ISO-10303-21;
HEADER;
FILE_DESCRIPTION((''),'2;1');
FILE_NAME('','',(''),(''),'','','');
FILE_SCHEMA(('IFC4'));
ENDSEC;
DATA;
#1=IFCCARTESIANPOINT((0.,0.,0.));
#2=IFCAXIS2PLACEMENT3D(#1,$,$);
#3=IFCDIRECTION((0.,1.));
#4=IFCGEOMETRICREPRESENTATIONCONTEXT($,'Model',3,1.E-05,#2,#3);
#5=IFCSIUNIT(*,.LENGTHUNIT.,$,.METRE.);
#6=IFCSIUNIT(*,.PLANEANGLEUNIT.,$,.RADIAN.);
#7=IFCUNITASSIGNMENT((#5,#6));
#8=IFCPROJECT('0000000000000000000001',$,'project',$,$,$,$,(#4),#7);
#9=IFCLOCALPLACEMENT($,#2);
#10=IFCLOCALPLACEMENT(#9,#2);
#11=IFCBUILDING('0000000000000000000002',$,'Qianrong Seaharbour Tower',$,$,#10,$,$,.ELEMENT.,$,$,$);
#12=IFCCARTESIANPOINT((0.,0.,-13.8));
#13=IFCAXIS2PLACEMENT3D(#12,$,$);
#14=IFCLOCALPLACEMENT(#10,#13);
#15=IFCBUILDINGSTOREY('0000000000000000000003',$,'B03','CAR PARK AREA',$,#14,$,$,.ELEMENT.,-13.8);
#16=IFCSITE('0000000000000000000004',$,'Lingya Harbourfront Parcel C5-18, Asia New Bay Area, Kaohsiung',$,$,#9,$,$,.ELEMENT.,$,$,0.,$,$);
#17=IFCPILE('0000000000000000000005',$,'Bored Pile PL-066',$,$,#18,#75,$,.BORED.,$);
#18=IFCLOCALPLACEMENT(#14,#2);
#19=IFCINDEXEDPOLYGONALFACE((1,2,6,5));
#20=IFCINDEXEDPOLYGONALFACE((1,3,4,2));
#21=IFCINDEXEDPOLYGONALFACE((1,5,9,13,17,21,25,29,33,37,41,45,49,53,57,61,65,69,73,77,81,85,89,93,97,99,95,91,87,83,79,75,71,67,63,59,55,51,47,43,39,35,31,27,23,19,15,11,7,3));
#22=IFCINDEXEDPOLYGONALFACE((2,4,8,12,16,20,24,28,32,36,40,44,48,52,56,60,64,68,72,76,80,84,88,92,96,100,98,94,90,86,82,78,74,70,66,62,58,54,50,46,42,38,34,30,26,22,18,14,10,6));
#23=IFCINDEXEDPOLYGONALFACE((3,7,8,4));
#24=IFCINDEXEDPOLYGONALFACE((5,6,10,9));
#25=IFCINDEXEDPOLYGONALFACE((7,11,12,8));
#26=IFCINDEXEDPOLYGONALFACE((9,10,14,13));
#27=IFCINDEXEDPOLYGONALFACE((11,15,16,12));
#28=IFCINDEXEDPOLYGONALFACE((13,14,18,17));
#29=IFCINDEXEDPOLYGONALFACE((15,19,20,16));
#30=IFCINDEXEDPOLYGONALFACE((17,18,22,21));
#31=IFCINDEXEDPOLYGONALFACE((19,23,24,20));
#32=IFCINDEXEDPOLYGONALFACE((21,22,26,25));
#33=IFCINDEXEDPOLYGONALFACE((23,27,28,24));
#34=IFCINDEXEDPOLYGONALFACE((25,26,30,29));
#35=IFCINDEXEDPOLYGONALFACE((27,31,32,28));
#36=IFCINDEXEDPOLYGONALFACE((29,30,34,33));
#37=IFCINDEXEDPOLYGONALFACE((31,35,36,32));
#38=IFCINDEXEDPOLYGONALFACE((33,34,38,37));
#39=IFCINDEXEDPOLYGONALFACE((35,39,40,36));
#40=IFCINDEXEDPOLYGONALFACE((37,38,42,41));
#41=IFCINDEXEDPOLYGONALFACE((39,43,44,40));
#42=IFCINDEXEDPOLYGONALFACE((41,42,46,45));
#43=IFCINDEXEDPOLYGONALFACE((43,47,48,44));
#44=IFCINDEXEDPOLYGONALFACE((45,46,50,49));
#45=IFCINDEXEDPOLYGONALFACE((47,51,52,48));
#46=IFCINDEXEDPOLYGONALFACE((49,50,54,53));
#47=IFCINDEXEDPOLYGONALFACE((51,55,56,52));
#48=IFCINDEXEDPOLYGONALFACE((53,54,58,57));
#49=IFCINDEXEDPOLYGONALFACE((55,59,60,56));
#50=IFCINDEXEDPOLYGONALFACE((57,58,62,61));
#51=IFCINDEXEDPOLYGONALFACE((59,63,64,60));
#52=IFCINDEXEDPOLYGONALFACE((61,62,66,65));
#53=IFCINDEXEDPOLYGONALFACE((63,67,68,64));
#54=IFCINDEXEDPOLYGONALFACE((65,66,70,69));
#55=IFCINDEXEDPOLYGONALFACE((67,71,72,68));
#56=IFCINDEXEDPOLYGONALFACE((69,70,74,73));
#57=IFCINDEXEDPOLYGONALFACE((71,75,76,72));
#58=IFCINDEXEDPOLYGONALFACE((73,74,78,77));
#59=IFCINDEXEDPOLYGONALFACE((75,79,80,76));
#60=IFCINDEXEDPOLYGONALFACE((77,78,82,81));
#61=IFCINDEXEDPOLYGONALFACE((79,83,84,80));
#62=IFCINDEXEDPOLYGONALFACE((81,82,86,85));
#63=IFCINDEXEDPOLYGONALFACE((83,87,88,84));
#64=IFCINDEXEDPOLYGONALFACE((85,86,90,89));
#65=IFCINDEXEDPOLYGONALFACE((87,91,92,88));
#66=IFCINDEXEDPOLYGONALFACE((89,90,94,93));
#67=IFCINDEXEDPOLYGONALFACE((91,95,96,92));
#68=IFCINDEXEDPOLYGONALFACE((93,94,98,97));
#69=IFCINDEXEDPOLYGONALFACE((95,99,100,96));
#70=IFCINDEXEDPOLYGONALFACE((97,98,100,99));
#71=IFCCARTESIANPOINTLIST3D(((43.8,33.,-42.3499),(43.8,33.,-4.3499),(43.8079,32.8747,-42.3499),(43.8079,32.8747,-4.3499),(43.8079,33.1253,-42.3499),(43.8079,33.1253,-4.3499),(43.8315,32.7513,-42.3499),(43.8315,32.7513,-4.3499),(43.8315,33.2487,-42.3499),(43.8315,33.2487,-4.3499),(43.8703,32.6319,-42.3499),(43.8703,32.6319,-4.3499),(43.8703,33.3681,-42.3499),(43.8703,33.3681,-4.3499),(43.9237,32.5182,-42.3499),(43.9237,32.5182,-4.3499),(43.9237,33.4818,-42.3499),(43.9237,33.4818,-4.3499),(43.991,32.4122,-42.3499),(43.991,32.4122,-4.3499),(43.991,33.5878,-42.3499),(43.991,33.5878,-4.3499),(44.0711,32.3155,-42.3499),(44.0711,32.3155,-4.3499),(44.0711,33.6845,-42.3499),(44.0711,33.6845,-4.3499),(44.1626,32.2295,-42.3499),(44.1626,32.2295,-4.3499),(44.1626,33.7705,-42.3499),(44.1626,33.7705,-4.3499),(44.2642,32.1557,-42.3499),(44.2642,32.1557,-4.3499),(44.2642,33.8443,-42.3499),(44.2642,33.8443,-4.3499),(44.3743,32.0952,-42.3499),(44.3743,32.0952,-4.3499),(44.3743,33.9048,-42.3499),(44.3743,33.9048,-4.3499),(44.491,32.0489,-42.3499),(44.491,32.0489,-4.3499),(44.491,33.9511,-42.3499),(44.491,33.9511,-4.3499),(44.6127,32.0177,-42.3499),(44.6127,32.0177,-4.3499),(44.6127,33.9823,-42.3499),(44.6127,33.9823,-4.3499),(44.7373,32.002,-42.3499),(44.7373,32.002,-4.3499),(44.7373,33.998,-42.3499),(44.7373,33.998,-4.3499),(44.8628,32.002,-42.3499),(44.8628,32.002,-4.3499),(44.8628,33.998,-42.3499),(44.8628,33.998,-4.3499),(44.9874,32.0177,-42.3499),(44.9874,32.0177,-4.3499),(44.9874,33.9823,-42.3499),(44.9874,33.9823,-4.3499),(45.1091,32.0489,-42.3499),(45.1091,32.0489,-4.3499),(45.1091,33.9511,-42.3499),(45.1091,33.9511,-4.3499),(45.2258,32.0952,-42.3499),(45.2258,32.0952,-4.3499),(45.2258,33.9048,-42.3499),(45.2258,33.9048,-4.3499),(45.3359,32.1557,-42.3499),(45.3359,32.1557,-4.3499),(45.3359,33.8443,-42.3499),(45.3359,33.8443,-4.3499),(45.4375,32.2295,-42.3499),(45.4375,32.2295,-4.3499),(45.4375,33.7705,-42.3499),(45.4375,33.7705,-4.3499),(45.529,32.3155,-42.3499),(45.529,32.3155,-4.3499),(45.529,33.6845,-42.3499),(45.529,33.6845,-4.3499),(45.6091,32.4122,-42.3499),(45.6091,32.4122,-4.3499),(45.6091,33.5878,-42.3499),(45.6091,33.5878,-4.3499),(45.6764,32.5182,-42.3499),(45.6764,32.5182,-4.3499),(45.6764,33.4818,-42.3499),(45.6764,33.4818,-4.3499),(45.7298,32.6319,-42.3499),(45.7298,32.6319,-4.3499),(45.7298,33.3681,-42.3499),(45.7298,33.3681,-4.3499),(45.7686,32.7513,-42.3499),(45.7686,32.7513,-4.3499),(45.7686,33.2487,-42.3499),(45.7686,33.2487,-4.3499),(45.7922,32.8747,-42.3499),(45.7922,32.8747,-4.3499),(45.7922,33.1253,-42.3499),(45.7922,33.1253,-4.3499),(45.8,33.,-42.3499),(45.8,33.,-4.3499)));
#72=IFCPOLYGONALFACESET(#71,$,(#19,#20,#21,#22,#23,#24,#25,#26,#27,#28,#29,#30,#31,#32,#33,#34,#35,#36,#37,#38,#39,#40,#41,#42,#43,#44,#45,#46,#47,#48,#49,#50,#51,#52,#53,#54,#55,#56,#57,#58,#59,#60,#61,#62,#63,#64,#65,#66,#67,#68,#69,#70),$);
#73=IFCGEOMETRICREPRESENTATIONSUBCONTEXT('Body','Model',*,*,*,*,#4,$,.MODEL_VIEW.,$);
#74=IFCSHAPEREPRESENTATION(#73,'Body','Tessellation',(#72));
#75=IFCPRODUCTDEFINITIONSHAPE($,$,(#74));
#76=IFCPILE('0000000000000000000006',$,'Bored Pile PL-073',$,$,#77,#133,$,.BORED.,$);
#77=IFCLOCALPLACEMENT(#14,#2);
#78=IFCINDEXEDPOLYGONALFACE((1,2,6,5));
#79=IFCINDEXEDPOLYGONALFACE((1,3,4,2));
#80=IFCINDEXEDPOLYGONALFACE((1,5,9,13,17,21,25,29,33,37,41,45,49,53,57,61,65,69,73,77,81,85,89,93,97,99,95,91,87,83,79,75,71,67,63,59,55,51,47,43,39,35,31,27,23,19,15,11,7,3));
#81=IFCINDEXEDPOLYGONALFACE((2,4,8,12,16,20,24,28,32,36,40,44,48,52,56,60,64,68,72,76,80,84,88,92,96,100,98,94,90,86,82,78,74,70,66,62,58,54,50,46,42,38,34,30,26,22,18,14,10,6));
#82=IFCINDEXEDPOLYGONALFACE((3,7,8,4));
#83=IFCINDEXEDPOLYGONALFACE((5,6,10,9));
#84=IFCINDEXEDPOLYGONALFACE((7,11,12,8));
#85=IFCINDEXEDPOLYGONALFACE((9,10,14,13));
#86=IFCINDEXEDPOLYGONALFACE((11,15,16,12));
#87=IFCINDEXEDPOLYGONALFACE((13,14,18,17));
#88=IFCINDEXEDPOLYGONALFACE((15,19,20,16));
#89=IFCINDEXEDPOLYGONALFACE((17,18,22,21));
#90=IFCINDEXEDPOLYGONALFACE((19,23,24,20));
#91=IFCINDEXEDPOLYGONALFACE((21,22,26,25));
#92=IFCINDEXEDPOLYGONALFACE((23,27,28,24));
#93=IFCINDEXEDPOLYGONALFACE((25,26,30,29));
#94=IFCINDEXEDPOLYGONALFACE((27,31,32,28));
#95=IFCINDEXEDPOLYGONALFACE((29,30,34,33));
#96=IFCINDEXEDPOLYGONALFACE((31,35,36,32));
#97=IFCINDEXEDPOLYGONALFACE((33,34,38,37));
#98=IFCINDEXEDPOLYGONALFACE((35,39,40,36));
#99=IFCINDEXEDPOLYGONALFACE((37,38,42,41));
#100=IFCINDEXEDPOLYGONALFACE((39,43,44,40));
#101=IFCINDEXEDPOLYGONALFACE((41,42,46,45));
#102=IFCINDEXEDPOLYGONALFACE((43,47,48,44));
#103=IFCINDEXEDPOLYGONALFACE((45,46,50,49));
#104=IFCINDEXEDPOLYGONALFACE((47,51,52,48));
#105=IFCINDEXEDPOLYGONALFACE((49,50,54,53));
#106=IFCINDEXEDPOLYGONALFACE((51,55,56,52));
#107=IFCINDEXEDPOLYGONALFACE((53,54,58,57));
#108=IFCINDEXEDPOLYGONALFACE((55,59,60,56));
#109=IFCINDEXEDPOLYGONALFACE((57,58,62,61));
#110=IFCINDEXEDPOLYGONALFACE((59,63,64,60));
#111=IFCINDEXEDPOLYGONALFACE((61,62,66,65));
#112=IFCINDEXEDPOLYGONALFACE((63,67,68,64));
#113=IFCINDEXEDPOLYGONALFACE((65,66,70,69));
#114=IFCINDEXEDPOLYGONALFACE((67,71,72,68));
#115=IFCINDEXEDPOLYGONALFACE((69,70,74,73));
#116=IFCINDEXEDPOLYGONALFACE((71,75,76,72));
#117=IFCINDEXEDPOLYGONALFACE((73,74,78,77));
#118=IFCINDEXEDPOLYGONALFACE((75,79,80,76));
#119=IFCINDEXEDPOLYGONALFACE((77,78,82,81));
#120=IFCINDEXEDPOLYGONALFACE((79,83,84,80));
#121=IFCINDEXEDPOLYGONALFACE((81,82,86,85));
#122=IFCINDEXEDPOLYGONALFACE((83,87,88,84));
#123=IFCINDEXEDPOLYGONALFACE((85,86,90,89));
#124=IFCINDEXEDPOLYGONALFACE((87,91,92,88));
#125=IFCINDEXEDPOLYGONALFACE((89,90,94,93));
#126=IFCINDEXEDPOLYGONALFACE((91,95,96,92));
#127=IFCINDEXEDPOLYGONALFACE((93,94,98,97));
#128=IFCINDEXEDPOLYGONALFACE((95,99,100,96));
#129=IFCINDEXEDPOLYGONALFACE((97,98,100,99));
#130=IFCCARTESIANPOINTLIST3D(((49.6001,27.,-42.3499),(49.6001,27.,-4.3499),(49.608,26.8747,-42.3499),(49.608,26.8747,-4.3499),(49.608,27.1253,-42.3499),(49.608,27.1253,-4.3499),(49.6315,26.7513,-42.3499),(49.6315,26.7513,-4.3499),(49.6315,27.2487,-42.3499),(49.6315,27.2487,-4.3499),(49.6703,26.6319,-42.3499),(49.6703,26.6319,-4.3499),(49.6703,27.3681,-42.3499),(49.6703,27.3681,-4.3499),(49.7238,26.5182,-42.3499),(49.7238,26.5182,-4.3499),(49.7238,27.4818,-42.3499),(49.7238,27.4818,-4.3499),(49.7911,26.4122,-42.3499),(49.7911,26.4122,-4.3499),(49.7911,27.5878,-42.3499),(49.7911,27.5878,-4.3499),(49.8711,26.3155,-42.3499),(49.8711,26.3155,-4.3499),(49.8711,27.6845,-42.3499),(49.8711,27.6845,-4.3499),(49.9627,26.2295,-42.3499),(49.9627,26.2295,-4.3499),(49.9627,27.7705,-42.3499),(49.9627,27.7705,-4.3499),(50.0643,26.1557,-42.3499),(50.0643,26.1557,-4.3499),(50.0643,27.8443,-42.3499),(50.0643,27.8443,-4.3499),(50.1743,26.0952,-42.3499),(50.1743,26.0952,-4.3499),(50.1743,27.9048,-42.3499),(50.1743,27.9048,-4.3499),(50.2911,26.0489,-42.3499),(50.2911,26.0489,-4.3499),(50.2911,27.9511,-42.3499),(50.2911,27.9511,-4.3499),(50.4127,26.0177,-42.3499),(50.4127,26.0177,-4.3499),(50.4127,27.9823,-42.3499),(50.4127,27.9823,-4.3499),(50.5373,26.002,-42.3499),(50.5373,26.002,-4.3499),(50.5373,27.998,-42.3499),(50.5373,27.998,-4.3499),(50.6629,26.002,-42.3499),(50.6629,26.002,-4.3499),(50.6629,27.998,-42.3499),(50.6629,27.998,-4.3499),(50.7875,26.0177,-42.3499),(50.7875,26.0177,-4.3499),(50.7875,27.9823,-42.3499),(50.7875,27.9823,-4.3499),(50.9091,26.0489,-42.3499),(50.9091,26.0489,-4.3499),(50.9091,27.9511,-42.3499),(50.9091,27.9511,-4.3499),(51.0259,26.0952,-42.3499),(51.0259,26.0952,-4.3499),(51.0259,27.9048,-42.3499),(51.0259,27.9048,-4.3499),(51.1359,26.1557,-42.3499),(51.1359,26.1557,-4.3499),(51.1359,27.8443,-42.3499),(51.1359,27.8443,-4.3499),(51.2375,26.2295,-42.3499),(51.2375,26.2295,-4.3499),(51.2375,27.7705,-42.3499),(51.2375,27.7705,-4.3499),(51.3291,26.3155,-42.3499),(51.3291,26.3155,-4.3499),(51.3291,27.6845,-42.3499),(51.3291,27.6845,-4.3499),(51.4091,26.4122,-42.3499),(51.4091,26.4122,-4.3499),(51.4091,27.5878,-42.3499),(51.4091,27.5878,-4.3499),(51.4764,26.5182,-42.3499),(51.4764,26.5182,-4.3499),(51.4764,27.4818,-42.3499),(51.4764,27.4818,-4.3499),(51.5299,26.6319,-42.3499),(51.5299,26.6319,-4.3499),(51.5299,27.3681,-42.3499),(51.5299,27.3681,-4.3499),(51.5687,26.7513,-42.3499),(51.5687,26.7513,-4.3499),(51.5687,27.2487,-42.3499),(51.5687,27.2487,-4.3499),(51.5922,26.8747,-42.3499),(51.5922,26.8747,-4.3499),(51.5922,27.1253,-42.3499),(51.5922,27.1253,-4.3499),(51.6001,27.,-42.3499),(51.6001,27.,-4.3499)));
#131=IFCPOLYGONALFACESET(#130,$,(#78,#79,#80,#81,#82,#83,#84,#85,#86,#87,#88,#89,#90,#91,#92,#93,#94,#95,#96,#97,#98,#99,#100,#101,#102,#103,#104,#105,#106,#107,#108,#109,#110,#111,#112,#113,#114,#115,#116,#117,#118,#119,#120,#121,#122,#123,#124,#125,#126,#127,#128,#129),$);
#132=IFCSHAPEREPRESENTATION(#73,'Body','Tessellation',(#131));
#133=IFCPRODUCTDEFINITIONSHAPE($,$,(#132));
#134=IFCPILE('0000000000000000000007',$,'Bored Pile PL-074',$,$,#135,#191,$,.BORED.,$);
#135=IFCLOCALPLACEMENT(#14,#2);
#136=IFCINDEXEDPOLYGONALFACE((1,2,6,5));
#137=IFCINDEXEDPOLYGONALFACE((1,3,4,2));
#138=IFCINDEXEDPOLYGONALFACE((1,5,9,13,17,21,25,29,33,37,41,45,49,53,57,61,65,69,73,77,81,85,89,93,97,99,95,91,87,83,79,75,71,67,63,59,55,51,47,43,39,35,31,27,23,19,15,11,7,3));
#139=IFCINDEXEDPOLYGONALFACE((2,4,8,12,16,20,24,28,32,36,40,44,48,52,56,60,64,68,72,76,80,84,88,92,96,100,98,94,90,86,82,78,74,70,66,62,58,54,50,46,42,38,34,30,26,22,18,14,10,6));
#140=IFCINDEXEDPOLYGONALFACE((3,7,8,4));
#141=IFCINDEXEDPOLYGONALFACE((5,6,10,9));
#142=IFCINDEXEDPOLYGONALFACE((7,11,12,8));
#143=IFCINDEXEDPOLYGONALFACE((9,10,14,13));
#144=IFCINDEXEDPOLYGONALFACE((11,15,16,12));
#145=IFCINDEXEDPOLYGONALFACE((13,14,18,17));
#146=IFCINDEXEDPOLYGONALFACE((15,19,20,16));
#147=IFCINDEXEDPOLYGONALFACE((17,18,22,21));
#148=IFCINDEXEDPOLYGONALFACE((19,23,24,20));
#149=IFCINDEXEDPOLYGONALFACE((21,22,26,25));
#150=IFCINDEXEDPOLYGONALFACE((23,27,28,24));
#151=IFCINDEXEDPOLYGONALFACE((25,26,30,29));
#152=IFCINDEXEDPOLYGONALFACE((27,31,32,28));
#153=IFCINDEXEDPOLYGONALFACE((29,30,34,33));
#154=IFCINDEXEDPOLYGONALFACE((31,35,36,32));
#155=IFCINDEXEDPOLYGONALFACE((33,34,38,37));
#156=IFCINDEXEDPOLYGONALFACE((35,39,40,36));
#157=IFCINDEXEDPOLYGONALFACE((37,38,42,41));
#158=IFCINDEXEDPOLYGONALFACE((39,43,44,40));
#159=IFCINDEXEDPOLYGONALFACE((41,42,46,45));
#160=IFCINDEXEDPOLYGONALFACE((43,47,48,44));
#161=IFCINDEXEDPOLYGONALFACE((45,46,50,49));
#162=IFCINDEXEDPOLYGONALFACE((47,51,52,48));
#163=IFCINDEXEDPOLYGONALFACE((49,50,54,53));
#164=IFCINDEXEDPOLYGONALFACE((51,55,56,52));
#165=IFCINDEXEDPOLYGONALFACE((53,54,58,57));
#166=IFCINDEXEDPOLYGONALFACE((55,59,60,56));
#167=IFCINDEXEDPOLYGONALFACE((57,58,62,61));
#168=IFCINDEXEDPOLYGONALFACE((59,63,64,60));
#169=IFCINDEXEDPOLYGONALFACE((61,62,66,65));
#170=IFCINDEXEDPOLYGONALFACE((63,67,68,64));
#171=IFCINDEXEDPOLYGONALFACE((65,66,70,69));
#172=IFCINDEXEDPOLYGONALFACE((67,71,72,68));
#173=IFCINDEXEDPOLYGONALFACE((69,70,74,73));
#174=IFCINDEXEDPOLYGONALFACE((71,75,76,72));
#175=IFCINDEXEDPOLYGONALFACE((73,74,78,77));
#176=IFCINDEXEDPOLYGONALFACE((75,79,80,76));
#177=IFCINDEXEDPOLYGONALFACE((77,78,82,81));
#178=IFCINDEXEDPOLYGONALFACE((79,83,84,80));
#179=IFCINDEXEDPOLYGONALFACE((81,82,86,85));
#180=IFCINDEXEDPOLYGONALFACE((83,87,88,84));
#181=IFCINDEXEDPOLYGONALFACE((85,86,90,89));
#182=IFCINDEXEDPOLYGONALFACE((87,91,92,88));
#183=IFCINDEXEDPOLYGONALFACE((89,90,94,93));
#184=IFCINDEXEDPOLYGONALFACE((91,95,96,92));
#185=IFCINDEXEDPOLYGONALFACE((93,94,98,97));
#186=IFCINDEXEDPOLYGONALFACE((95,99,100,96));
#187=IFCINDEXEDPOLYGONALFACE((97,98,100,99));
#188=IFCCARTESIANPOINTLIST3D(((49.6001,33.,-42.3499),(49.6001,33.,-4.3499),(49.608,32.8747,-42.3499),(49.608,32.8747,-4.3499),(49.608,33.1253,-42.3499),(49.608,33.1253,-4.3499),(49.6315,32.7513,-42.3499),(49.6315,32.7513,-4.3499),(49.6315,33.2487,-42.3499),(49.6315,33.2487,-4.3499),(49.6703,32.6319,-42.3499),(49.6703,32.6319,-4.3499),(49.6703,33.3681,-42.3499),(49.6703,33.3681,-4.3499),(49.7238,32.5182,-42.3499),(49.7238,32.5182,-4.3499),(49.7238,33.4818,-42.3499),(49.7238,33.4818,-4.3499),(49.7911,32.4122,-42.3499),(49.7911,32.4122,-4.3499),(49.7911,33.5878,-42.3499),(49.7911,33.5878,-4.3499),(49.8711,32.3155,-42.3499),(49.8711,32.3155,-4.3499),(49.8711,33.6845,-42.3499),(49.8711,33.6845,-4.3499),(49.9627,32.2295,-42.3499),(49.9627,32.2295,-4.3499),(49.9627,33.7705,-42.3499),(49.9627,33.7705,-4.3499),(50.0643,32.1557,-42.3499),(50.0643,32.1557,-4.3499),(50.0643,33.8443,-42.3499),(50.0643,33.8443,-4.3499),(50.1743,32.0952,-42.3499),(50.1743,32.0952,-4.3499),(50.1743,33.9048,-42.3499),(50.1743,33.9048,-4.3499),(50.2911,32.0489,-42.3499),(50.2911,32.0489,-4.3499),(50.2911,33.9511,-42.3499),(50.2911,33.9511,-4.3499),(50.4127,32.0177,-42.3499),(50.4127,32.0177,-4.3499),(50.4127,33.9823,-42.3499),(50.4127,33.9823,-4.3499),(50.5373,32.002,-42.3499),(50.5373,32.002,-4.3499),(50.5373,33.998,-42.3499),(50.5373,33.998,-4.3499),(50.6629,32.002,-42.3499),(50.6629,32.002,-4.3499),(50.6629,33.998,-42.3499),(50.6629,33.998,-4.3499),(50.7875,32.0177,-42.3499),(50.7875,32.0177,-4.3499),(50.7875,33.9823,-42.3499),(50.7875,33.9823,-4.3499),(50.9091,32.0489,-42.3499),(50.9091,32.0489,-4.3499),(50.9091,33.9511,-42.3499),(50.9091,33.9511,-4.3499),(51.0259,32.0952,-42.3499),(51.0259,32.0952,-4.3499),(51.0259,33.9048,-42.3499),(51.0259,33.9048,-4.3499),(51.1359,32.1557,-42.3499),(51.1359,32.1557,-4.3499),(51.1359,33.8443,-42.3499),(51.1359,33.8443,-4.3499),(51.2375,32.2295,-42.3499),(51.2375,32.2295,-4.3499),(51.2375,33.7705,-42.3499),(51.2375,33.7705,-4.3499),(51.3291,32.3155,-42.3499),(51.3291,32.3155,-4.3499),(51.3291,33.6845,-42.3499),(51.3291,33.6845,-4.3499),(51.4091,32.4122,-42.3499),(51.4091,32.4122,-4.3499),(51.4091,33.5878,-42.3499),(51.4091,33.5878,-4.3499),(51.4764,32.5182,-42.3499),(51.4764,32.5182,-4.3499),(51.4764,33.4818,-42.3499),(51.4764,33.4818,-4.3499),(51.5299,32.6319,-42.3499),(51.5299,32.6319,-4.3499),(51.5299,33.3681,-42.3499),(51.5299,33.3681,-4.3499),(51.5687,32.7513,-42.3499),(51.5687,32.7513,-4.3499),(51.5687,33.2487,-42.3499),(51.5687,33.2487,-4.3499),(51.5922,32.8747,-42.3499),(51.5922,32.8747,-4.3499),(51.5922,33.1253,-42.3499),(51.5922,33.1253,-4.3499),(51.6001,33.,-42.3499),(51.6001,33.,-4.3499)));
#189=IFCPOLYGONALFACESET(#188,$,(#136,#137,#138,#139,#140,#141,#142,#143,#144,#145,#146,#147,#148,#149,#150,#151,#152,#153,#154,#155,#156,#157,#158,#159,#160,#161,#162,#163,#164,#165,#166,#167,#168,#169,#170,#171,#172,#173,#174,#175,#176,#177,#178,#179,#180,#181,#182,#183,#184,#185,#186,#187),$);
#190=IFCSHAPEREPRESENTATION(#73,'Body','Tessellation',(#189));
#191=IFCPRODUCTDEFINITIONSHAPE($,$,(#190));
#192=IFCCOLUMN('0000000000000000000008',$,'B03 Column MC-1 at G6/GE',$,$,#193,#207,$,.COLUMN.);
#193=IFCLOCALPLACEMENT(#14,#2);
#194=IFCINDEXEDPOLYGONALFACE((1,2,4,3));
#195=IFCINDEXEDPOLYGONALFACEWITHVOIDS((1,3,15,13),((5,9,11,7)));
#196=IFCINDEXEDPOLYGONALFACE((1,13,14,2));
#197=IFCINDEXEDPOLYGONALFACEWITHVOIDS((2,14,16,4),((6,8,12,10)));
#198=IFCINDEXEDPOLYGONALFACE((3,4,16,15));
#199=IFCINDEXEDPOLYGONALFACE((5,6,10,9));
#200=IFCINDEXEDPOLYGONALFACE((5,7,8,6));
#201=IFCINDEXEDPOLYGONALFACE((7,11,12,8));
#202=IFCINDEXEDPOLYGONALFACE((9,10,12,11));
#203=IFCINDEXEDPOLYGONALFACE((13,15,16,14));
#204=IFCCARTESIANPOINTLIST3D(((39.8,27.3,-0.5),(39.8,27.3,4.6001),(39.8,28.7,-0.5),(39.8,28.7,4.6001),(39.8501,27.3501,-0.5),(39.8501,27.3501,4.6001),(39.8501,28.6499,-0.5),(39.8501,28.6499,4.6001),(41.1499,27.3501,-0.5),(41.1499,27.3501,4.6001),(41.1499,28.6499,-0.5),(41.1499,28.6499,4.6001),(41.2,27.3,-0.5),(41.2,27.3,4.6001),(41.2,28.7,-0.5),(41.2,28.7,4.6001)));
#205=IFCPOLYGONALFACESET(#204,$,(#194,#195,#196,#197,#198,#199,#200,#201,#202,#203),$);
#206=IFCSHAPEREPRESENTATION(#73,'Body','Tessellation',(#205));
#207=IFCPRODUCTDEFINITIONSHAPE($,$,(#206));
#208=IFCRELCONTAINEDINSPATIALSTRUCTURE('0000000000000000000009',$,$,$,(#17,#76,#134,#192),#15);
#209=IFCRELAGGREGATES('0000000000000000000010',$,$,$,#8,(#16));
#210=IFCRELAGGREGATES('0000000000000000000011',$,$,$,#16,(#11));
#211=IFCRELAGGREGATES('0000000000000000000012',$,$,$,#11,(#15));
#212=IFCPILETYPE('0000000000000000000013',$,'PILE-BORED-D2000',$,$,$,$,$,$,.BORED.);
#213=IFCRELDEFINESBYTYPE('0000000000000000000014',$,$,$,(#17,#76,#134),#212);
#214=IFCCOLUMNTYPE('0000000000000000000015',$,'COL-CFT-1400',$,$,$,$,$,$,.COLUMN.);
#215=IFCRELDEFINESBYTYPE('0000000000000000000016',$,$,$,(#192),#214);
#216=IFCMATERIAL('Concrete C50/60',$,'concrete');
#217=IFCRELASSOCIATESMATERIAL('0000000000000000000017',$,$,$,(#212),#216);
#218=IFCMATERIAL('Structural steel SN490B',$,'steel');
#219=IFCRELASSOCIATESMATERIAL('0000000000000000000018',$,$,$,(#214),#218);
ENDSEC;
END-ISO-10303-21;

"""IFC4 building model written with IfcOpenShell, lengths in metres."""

from ifc_helpers import new_model, si_unit, direction, frame, origin, origin_2d, place, context, subcontext, project, spatial, hollow_rectangle, circle, extrude, material, material_profile, profile_set, type_object, element, save


model = new_model("IFC4")

# Units and contexts
model_context = context("Model", 3, precision=1e-05, world=origin(), true_north=direction((0.0, 1.0)))
body_context = subcontext(model_context, "Body", "Model", "MODEL_VIEW")
ifc_project = project(units=[si_unit("LENGTHUNIT", "METRE"), si_unit("PLANEANGLEUNIT", "RADIAN")], contexts=[model_context])

# Site, building, storey
site_placement = place(None, origin())
site = spatial("IfcSite", under=ifc_project, at=site_placement, Name="Lingya Harbourfront Parcel C5-18, Asia New Bay Area, Kaohsiung", CompositionType="ELEMENT", RefElevation=0.0)
building_placement = place(site_placement, origin())
building = spatial("IfcBuilding", under=site, at=building_placement, Name="Qianrong Seaharbour Tower", CompositionType="ELEMENT")
storey_placement = place(building_placement, frame((0.0, 0.0, -13.8)))
storey = spatial("IfcBuildingStorey", under=building, at=storey_placement, Name="B03", Description="CAR PARK AREA", CompositionType="ELEMENT", Elevation=-13.8)

# Piles
ifc_material_1 = material(Name="Concrete C50/60", Category="concrete")
ifc_material_profile_1 = material_profile(ifc_material_1, circle(Radius=1.0, at=origin_2d()), Name="PILE-D2000")
ifc_profile_set_1 = profile_set([ifc_material_profile_1], Name="Concrete C50/60")
pile_type_1 = type_object("IfcPileType", Name="PILE-BORED-D2000", PredefinedType="BORED", material=ifc_profile_set_1)
for number, where, z_axis, x_axis, name in (
    (1, (44.8, 33.0, -4.3499), (0.0, 0.0, -1.0), (1.0, 0.0, 0.0), "Bored Pile PL-066"),
    (2, (50.6001, 27.0, -4.3499), (0.0, 0.0, -1.0), (1.0, 0.0, 0.0), "Bored Pile PL-073"),
    (3, (50.6001, 33.0, -4.3499), (0.0, 0.0, -1.0), (1.0, 0.0, 0.0), "Bored Pile PL-074"),
):
    element("IfcPile", number, at=place(storey_placement, frame(where, z_axis=z_axis, x_axis=x_axis)), inside=storey, type_object=pile_type_1, Name=name, PredefinedType="BORED", context=body_context, shape_type="SweptSolid", body=[
        extrude(circle(Radius=1.0, at=origin_2d()), origin(), (0.0, 0.0, 1.0), 38.0),
    ])

# Column
ifc_material_2 = material(Name="Structural steel SN490B", Category="steel")
ifc_material_profile_2 = material_profile(ifc_material_2, hollow_rectangle(XDim=1.3999, YDim=1.3999, WallThickness=0.05, at=origin_2d()), Name="BOX1400x1400x50")
ifc_profile_set_2 = profile_set([ifc_material_profile_2], Name="Structural steel SN490B")
column_type_1 = type_object("IfcColumnType", Name="COL-CFT-1400", PredefinedType="COLUMN", material=ifc_profile_set_2)
for number, where, z_axis, x_axis, name in (
    (4, (40.5, 28.0, -0.5), (0.0, 0.0, 1.0), (1.0, 0.0, 0.0), "B03 Column MC-1 at G6/GE"),
):
    element("IfcColumn", number, at=place(storey_placement, frame(where, z_axis=z_axis, x_axis=x_axis)), inside=storey, type_object=column_type_1, Name=name, PredefinedType="COLUMN", context=body_context, shape_type="SweptSolid", body=[
        extrude(hollow_rectangle(XDim=1.3999, YDim=1.3999, WallThickness=0.05, at=origin_2d()), origin(), (0.0, 0.0, 1.0), 5.1001),
    ])

save(model, "model.ifc")
